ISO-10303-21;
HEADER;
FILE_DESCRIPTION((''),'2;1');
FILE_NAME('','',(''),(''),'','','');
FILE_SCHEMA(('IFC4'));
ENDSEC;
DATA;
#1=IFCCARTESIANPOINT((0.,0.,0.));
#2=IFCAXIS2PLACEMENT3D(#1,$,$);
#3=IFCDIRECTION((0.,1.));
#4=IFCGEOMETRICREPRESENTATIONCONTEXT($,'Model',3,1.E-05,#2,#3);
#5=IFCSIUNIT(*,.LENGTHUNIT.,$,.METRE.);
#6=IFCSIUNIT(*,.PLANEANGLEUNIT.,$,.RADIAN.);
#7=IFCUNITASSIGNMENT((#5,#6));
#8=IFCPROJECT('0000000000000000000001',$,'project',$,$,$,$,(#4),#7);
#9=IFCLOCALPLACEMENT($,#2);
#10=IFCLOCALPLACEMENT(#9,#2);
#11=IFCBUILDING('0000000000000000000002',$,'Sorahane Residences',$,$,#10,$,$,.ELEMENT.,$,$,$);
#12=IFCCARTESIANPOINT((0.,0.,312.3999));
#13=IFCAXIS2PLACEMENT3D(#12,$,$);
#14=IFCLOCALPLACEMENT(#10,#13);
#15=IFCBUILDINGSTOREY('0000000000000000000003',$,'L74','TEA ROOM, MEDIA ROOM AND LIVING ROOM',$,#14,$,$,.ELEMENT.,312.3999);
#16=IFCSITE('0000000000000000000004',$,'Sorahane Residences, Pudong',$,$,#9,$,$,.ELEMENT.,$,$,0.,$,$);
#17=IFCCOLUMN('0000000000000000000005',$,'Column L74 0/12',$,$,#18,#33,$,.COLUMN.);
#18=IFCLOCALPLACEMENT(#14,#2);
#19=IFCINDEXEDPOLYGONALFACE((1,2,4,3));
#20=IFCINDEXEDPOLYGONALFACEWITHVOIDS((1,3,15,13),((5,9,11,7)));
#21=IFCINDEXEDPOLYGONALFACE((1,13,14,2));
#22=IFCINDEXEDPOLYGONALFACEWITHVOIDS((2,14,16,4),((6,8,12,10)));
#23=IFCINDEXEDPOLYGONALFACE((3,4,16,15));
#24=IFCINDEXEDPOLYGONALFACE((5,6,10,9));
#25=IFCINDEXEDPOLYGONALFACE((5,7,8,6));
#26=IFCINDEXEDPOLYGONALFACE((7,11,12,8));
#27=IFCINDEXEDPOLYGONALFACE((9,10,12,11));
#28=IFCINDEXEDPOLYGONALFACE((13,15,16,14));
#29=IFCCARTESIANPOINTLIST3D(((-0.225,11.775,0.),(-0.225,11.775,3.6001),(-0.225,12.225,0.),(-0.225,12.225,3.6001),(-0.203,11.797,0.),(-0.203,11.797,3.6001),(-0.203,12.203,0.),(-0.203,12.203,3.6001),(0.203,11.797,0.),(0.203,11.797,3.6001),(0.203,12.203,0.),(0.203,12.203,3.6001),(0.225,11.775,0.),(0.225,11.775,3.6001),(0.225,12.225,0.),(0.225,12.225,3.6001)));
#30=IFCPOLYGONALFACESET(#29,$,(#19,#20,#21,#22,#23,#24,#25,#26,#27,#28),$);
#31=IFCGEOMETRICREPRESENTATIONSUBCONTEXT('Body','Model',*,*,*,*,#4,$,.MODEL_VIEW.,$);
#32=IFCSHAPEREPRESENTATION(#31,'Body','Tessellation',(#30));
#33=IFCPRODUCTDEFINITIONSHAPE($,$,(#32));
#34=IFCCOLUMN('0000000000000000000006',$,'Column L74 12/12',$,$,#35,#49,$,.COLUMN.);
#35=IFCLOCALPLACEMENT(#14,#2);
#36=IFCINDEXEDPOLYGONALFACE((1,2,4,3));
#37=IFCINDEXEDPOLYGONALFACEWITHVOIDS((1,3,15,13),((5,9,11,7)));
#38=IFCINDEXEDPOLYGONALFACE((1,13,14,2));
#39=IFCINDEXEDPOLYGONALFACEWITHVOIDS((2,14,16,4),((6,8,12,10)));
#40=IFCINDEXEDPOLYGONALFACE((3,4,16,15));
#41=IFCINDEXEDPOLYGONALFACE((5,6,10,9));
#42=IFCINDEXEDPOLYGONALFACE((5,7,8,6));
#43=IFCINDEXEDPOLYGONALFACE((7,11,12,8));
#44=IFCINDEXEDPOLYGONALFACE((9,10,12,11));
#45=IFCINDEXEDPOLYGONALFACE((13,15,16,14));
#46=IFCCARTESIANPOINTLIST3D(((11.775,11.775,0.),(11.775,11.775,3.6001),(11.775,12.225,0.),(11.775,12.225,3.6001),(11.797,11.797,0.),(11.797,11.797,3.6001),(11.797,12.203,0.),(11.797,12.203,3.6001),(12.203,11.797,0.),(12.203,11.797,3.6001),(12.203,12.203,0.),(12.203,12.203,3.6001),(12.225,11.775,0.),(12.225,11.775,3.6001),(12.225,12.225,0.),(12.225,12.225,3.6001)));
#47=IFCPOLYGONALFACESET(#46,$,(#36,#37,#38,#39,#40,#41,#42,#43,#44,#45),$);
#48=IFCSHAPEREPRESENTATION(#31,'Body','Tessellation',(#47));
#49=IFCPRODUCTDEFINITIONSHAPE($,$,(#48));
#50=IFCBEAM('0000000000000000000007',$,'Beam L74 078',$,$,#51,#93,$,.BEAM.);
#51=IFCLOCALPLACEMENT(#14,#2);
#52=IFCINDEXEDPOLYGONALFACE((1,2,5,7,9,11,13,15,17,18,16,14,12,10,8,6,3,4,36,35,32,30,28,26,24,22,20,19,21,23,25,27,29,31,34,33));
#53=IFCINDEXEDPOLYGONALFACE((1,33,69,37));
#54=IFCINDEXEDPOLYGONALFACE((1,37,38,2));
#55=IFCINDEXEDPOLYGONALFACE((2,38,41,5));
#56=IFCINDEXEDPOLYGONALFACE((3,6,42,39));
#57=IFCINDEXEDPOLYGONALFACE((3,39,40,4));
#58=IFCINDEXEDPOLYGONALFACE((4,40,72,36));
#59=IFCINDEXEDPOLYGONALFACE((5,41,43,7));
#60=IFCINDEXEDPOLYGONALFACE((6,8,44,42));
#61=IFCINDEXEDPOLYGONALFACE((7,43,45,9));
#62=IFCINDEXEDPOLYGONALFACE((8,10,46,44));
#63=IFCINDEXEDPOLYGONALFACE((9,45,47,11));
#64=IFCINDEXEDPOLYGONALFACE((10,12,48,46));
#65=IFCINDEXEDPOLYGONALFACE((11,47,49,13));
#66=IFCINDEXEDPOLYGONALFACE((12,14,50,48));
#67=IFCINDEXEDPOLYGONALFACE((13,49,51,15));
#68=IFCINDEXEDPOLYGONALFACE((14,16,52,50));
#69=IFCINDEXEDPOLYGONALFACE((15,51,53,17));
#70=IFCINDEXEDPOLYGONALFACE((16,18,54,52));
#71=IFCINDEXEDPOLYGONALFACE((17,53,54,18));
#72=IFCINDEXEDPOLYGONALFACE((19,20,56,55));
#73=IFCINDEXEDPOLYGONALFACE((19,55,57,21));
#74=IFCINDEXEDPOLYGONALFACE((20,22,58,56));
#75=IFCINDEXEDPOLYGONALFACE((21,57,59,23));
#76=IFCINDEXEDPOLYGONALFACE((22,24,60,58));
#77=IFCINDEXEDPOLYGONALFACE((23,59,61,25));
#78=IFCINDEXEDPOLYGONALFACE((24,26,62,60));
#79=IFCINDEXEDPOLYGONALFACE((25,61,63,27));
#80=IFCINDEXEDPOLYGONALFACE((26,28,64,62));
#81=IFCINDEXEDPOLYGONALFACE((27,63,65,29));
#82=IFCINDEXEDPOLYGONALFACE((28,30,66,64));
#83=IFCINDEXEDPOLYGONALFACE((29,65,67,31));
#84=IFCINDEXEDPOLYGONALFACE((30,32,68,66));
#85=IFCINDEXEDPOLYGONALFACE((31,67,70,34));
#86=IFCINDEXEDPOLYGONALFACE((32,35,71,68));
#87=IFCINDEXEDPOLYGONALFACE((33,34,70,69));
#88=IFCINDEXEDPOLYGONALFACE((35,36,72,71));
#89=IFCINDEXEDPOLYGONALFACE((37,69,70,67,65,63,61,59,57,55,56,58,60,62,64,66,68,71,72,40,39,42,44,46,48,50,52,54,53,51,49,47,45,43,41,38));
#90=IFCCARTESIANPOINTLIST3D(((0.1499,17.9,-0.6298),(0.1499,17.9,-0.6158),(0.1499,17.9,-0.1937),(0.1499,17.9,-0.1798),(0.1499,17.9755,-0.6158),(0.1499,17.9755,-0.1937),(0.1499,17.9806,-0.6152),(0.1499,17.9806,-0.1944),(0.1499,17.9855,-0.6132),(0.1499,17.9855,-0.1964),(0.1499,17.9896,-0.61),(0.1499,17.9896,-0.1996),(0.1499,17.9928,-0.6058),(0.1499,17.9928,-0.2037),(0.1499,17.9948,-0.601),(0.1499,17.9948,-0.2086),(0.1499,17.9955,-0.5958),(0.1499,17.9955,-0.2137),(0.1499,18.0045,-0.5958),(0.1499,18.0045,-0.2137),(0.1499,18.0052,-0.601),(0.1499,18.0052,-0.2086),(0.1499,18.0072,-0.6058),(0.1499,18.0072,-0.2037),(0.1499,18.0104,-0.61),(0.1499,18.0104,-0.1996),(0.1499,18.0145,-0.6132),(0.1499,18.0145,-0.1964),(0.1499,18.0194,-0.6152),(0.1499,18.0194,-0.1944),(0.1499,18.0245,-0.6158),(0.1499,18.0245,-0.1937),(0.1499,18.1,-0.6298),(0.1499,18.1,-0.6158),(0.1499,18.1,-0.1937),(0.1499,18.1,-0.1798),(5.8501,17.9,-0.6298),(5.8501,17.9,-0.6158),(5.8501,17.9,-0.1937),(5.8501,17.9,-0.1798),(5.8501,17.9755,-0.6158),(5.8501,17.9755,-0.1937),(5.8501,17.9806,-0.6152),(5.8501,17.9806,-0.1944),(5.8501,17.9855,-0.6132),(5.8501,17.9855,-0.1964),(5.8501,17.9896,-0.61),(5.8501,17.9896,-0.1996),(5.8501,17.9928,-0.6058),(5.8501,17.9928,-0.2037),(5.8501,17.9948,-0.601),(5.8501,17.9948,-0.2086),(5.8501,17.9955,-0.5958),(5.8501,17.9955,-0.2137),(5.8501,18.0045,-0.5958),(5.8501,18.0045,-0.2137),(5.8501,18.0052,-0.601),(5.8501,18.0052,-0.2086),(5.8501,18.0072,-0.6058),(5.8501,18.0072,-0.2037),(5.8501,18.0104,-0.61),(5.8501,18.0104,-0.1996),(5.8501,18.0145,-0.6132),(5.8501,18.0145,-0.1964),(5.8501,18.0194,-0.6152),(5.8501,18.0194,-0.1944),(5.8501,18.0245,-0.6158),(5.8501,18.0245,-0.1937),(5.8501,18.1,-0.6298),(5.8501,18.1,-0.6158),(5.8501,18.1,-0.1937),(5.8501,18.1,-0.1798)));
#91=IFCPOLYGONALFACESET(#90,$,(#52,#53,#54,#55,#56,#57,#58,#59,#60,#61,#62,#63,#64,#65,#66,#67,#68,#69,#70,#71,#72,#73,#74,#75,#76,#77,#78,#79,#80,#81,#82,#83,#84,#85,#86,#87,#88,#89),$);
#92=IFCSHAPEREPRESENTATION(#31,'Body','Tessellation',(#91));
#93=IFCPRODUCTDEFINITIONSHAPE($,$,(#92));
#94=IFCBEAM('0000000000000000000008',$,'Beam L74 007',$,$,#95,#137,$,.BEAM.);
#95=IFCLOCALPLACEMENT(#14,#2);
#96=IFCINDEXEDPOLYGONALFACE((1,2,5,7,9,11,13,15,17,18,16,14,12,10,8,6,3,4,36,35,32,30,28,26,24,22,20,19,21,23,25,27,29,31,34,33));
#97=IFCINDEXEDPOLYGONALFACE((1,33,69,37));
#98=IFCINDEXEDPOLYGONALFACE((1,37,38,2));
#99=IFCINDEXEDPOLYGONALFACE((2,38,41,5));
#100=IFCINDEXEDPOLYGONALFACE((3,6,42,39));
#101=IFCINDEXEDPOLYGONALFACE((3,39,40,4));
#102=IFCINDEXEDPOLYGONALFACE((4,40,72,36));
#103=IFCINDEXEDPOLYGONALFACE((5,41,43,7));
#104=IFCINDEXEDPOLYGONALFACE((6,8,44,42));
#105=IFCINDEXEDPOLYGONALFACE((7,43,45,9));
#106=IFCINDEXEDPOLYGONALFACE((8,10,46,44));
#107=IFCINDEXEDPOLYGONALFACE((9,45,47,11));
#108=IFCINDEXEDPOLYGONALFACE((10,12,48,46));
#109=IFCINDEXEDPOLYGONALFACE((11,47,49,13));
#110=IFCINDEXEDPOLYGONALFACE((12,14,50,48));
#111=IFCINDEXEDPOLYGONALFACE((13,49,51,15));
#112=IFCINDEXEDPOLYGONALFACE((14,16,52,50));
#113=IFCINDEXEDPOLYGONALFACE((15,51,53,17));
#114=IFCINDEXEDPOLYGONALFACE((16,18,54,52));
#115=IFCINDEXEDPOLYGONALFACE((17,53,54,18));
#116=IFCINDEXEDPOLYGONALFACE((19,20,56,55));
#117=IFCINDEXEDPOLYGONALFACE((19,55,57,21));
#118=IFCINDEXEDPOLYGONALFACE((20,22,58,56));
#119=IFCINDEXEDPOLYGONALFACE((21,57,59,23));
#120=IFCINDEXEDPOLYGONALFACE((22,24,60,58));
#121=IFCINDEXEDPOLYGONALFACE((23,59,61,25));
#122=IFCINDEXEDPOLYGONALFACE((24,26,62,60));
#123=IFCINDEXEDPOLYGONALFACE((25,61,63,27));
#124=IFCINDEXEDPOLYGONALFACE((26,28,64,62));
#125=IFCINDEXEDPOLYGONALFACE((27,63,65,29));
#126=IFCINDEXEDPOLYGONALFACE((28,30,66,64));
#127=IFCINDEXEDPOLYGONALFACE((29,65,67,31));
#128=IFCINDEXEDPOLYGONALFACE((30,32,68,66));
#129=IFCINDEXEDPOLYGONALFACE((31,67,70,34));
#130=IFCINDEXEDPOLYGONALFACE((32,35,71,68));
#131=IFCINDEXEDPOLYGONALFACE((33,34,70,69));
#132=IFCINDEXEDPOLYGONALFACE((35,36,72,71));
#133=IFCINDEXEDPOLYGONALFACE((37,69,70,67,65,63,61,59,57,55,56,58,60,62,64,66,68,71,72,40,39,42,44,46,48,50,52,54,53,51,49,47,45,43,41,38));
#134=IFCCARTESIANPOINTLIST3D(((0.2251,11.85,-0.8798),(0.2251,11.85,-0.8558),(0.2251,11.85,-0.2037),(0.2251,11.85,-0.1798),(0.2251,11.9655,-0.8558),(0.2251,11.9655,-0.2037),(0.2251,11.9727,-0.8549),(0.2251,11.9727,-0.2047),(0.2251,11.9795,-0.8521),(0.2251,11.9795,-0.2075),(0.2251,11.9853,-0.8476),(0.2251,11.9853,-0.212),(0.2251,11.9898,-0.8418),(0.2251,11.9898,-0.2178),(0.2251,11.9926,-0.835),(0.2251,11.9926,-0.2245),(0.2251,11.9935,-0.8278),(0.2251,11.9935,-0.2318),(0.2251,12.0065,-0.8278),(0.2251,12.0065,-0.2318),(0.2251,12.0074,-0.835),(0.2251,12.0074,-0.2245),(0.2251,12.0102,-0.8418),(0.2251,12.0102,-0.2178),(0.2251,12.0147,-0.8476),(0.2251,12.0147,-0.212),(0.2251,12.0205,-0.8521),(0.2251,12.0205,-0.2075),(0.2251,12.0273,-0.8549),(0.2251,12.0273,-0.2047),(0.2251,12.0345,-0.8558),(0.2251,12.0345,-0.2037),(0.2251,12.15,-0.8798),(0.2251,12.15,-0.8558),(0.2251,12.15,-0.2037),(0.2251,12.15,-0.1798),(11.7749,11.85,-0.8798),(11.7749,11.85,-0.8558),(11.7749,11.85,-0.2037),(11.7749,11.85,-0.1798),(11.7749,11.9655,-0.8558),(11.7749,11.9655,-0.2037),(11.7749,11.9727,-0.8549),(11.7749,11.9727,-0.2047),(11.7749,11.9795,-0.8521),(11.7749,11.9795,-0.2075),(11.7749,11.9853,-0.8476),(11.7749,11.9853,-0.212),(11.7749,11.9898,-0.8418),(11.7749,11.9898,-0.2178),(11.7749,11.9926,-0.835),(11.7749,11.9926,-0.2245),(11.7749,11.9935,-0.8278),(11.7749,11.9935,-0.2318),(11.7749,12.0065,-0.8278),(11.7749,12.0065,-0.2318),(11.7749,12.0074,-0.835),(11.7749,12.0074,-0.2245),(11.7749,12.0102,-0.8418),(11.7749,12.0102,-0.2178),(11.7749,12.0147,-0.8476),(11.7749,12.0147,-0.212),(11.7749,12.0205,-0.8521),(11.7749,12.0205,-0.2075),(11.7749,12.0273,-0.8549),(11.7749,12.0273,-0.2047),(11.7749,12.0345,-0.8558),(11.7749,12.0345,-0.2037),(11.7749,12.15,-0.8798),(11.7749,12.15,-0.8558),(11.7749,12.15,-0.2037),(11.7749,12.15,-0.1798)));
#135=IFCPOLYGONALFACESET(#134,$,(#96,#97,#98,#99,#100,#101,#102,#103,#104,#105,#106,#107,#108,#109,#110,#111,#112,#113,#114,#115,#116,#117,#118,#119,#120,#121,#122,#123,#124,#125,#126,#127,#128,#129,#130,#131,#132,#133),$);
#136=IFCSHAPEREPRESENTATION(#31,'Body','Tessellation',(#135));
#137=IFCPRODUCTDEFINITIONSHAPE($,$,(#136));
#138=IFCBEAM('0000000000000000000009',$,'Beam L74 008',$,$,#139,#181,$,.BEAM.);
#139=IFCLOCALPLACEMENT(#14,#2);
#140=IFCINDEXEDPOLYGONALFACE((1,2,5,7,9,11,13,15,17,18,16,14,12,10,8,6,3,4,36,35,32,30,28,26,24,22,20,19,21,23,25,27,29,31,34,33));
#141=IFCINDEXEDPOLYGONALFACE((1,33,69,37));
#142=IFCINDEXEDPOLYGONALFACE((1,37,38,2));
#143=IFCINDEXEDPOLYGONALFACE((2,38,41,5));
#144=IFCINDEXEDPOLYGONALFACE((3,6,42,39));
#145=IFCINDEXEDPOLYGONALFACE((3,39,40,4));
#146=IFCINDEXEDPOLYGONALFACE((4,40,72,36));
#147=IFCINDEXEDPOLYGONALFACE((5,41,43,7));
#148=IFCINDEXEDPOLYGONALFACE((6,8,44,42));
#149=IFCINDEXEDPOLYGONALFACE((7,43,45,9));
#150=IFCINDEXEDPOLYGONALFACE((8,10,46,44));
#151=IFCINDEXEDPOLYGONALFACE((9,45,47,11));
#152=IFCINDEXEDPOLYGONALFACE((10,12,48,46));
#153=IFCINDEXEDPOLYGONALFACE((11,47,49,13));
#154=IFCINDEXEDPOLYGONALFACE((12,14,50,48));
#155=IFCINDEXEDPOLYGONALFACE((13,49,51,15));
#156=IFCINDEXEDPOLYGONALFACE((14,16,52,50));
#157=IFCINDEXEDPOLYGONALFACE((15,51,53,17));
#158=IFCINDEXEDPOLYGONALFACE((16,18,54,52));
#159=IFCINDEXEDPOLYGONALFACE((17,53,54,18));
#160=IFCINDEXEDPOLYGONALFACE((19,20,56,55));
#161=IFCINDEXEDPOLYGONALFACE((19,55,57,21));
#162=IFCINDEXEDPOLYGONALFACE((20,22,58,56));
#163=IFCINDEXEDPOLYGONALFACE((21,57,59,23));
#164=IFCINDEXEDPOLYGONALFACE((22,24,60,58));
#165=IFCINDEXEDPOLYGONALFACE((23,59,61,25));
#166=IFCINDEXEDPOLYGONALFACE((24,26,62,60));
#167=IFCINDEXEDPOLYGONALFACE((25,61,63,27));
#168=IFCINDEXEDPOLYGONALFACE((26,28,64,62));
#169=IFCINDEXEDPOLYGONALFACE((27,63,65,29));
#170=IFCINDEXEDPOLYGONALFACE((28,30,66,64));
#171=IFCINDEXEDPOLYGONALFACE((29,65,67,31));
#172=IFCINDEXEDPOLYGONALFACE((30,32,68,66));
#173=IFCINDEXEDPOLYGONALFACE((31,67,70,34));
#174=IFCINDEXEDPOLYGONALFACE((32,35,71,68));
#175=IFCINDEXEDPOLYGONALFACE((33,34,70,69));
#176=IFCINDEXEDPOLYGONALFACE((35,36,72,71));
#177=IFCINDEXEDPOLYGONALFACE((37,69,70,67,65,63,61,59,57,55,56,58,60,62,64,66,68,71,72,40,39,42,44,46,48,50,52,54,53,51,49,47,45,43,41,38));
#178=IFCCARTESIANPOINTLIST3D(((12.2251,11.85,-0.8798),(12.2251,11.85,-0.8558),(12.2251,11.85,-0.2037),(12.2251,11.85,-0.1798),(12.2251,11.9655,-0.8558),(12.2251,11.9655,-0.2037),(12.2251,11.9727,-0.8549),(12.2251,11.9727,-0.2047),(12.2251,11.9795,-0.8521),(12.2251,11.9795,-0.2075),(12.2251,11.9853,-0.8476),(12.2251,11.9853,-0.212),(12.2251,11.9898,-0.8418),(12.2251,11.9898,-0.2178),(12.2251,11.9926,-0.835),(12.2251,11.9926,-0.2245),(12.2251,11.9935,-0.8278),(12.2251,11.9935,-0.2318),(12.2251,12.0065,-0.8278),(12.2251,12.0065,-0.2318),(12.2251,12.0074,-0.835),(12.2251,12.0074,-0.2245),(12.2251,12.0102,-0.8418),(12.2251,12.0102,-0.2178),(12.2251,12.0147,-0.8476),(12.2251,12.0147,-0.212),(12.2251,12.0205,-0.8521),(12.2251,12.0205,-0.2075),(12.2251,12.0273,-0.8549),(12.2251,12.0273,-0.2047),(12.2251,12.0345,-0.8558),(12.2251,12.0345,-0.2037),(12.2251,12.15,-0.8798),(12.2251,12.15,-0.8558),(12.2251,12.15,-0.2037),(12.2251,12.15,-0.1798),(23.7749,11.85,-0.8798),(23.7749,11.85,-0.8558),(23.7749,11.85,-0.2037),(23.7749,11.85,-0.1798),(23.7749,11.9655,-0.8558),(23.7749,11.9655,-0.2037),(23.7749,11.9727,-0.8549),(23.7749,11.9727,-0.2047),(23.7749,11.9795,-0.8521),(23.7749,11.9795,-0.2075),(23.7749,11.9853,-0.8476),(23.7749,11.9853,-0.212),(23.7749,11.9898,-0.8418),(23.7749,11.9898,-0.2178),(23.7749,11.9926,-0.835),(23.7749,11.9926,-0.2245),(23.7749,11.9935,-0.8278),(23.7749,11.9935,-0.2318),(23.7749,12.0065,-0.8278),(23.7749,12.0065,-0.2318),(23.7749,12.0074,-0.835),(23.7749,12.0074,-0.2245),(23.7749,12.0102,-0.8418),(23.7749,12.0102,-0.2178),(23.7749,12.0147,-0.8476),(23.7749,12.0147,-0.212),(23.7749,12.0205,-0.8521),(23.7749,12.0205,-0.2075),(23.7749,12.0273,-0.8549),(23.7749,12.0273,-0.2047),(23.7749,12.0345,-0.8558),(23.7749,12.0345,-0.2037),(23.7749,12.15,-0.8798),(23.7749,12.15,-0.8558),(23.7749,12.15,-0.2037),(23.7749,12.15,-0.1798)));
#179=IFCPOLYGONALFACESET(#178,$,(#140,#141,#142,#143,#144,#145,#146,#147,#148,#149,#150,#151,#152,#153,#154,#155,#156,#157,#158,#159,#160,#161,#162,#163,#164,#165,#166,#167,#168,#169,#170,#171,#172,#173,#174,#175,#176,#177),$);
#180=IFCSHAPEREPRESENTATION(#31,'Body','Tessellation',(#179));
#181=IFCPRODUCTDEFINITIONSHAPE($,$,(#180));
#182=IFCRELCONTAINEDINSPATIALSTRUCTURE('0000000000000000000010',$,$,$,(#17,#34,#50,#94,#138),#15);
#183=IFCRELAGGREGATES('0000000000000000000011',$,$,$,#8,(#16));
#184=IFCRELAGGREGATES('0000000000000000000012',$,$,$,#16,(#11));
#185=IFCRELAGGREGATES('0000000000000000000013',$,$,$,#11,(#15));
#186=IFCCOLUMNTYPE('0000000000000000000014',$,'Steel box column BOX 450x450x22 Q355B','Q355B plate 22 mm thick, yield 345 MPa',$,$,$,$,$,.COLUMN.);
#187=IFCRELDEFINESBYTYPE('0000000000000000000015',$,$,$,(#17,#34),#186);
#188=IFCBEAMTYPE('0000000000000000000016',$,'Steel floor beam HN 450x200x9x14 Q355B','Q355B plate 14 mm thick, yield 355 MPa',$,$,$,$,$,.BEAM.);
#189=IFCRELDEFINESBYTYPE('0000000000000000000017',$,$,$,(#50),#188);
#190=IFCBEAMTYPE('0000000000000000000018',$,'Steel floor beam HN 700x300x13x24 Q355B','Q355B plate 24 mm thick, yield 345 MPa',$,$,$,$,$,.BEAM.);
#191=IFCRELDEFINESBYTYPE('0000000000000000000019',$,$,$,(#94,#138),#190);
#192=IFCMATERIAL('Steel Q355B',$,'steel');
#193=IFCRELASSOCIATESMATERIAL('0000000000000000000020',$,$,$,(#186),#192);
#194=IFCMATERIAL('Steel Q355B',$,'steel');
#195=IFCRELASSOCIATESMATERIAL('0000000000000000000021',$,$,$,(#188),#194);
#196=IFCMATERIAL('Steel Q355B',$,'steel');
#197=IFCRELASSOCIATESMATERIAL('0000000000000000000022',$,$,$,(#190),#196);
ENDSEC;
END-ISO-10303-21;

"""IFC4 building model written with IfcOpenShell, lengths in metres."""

from ifc_helpers import new_model, si_unit, direction, frame, origin, origin_2d, place, context, subcontext, project, spatial, hollow_rectangle, i_section, extrude, material, material_profile, profile_set, type_object, element, save


model = new_model("IFC4")

# Units and contexts
model_context = context("Model", 3, precision=1e-05, world=origin(), true_north=direction((0.0, 1.0)))
body_context = subcontext(model_context, "Body", "Model", "MODEL_VIEW")
ifc_project = project(units=[si_unit("LENGTHUNIT", "METRE"), si_unit("PLANEANGLEUNIT", "RADIAN")], contexts=[model_context])

# Site, building, storey
site_placement = place(None, origin())
site = spatial("IfcSite", under=ifc_project, at=site_placement, Name="Sorahane Residences, Pudong", CompositionType="ELEMENT", RefElevation=0.0)
building_placement = place(site_placement, origin())
building = spatial("IfcBuilding", under=site, at=building_placement, Name="Sorahane Residences", CompositionType="ELEMENT")
storey_placement = place(building_placement, frame((0.0, 0.0, 312.3999)))
storey = spatial("IfcBuildingStorey", under=building, at=storey_placement, Name="L74", Description="TEA ROOM, MEDIA ROOM AND LIVING ROOM", CompositionType="ELEMENT", Elevation=312.3999)

# Columns
ifc_material_1 = material(Name="Steel Q355B", Category="steel")
ifc_material_profile_1 = material_profile(ifc_material_1, hollow_rectangle(XDim=0.45, YDim=0.45, WallThickness=0.022, at=origin_2d()), Name="BOX 450x450x22")
ifc_profile_set_1 = profile_set([ifc_material_profile_1], Name="Steel Q355B")
column_type = type_object("IfcColumnType", Name="Steel box column BOX 450x450x22 Q355B", Description="Q355B plate 22 mm thick, yield 345 MPa", PredefinedType="COLUMN", material=ifc_profile_set_1)
for number, where, z_axis, x_axis, name in (
    (1, (0.0, 12.0, 0.0), (0.0, 0.0, 1.0), (1.0, 0.0, 0.0), "Column L74 0/12"),
    (2, (12.0, 12.0, 0.0), (0.0, 0.0, 1.0), (1.0, 0.0, 0.0), "Column L74 12/12"),
):
    element("IfcColumn", number, at=place(storey_placement, frame(where, z_axis=z_axis, x_axis=x_axis)), inside=storey, type_object=column_type, Name=name, PredefinedType="COLUMN", context=body_context, shape_type="SweptSolid", body=[
        extrude(hollow_rectangle(XDim=0.45, YDim=0.45, WallThickness=0.022, at=origin_2d()), origin(), (0.0, 0.0, 1.0), 3.6001),
    ])

# Beams
ifc_material_2 = material(Name="Steel Q355B", Category="steel")
ifc_material_profile_2 = material_profile(ifc_material_2, i_section(OverallWidth=0.2, OverallDepth=0.45, WebThickness=0.009, FlangeThickness=0.0139, FilletRadius=0.02, at=origin_2d()), Name="HN 450x200x9x14")
ifc_profile_set_2 = profile_set([ifc_material_profile_2], Name="Steel Q355B")
beam_type_1 = type_object("IfcBeamType", Name="Steel floor beam HN 450x200x9x14 Q355B", Description="Q355B plate 14 mm thick, yield 355 MPa", PredefinedType="BEAM", material=ifc_profile_set_2)
beam_1_placement = place(storey_placement, frame((0.1499, 18.0, -0.4048), z_axis=(1.0, 0.0, 0.0), x_axis=(0.0, 1.0, 0.0)))
element("IfcBeam", 3, at=beam_1_placement, inside=storey, type_object=beam_type_1, Name="Beam L74 078", PredefinedType="BEAM", context=body_context, shape_type="SweptSolid", body=[
    extrude(i_section(OverallWidth=0.2, OverallDepth=0.45, WebThickness=0.009, FlangeThickness=0.0139, FilletRadius=0.02, at=origin_2d()), origin(), (0.0, 0.0, 1.0), 5.7002),
])
ifc_material_3 = material(Name="Steel Q355B", Category="steel")
ifc_material_profile_3 = material_profile(ifc_material_3, i_section(OverallWidth=0.3, OverallDepth=0.7, WebThickness=0.0129, FlangeThickness=0.0239, FilletRadius=0.0281, at=origin_2d()), Name="HN 700x300x13x24")
ifc_profile_set_3 = profile_set([ifc_material_profile_3], Name="Steel Q355B")
beam_type_2 = type_object("IfcBeamType", Name="Steel floor beam HN 700x300x13x24 Q355B", Description="Q355B plate 24 mm thick, yield 345 MPa", PredefinedType="BEAM", material=ifc_profile_set_3)
for number, where, z_axis, x_axis, name in (
    (4, (0.2251, 12.0, -0.5298), (1.0, 0.0, 0.0), (0.0, 1.0, 0.0), "Beam L74 007"),
    (5, (12.2251, 12.0, -0.5298), (1.0, 0.0, 0.0), (0.0, 1.0, 0.0), "Beam L74 008"),
):
    element("IfcBeam", number, at=place(storey_placement, frame(where, z_axis=z_axis, x_axis=x_axis)), inside=storey, type_object=beam_type_2, Name=name, PredefinedType="BEAM", context=body_context, shape_type="SweptSolid", body=[
        extrude(i_section(OverallWidth=0.3, OverallDepth=0.7, WebThickness=0.0129, FlangeThickness=0.0239, FilletRadius=0.0281, at=origin_2d()), origin(), (0.0, 0.0, 1.0), 11.5498),
    ])

save(model, "model.ifc")
